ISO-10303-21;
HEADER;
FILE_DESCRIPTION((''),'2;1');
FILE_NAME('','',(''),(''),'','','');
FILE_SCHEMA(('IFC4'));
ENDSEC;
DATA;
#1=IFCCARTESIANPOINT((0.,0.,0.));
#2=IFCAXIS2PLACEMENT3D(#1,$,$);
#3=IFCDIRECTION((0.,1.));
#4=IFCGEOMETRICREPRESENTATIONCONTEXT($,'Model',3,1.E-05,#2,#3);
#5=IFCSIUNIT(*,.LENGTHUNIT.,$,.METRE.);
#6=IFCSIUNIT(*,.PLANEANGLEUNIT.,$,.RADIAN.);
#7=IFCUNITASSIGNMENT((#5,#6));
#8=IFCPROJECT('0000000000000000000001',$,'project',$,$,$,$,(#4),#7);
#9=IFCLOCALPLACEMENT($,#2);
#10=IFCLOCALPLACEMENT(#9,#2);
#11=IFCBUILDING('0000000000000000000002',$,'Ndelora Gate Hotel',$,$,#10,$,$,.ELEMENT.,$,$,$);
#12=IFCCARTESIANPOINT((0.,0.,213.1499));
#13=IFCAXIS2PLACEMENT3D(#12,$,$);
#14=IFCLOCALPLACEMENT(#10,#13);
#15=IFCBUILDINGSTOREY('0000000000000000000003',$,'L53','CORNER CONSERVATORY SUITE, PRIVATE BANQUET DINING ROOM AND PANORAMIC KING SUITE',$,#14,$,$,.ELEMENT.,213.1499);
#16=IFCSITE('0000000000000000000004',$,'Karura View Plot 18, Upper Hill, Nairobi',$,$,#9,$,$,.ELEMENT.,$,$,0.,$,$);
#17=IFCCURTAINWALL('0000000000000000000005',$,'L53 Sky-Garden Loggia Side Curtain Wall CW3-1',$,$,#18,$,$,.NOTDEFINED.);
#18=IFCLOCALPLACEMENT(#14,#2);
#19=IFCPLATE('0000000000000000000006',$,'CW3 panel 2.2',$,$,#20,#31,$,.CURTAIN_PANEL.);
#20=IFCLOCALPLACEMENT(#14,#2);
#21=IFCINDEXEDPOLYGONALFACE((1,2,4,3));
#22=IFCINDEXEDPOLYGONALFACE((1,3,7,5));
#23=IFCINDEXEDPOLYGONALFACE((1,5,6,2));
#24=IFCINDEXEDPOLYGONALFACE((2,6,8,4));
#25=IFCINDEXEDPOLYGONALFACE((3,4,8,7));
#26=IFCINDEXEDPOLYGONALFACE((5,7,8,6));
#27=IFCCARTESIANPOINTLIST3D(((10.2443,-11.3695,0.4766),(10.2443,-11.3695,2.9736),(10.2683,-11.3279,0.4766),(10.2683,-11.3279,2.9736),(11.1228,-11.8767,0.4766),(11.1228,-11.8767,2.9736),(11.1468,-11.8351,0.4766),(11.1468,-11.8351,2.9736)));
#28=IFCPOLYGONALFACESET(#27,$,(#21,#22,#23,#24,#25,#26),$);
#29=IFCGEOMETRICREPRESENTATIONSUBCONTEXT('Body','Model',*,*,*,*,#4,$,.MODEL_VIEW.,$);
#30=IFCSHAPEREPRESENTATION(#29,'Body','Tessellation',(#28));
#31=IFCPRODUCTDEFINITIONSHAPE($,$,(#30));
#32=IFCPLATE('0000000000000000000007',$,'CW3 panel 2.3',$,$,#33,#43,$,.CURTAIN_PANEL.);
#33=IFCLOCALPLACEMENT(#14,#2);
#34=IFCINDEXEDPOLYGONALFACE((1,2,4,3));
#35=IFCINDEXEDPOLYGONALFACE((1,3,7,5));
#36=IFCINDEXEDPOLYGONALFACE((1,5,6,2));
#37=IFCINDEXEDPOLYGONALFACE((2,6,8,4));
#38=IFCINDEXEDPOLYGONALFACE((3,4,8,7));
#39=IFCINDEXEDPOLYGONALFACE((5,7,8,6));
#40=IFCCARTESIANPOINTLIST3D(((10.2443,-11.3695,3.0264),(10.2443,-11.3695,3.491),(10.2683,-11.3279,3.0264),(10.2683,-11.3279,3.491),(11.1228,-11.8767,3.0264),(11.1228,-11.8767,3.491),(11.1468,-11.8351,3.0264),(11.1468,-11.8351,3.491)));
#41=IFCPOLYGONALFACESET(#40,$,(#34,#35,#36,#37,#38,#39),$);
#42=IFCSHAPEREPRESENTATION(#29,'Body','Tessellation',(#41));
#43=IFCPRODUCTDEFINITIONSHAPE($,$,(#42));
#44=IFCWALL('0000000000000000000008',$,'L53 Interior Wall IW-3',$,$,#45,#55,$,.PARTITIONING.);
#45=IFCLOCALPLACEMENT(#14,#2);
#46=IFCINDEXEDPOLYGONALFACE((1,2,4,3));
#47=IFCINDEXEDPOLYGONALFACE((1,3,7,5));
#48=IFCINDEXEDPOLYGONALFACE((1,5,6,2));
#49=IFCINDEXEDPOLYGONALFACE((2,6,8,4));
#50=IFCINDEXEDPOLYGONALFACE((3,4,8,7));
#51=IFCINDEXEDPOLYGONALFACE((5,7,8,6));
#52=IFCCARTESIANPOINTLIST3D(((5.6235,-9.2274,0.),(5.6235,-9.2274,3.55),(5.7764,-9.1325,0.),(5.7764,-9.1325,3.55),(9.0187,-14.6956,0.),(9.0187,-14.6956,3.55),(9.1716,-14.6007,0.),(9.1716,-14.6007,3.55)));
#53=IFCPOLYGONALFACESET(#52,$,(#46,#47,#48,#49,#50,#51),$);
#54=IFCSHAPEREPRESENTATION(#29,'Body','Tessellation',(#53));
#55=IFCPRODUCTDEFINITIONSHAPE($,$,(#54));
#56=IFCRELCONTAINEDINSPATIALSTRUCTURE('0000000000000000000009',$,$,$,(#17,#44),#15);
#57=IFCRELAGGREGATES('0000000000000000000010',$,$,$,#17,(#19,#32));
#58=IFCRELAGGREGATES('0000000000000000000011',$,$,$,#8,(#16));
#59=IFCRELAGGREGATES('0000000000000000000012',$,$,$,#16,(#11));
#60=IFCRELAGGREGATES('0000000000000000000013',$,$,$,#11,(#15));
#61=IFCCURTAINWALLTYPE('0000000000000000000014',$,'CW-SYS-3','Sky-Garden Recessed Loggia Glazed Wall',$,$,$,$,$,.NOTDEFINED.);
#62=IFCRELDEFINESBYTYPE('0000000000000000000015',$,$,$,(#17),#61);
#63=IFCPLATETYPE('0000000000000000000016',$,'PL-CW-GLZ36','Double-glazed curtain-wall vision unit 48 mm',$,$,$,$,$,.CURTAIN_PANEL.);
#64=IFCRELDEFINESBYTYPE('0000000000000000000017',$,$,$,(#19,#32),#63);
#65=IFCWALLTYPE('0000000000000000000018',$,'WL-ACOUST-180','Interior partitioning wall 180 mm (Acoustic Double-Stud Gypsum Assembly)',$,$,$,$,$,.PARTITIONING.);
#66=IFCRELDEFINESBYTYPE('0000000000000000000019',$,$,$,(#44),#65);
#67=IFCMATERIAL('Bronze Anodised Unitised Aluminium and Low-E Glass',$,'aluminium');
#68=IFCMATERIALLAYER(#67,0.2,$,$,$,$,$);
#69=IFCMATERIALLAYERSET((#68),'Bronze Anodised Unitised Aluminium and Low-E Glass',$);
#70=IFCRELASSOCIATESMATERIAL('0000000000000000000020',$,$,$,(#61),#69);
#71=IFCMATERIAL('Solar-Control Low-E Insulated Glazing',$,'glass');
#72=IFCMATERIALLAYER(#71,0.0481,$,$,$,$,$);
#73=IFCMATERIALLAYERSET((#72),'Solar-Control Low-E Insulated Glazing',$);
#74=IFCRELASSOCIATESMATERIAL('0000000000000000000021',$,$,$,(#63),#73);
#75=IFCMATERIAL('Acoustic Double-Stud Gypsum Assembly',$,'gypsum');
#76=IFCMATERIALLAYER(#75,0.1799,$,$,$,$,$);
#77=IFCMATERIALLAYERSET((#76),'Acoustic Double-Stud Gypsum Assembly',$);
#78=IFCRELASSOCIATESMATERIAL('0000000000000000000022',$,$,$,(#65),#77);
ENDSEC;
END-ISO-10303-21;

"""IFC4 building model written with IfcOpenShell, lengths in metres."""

from ifc_helpers import new_model, si_unit, direction, frame, frame_2d, origin, origin_2d, place, context, subcontext, project, spatial, rectangle, extrude, material, layer, layer_set, type_object, element, aggregate, save


model = new_model("IFC4")

# Units and contexts
model_context = context("Model", 3, precision=1e-05, world=origin(), true_north=direction((0.0, 1.0)))
body_context = subcontext(model_context, "Body", "Model", "MODEL_VIEW")
ifc_project = project(units=[si_unit("LENGTHUNIT", "METRE"), si_unit("PLANEANGLEUNIT", "RADIAN")], contexts=[model_context])

# Site, building, storey
site_placement = place(None, origin())
site = spatial("IfcSite", under=ifc_project, at=site_placement, Name="Karura View Plot 18, Upper Hill, Nairobi", CompositionType="ELEMENT", RefElevation=0.0)
building_placement = place(site_placement, origin())
building = spatial("IfcBuilding", under=site, at=building_placement, Name="Ndelora Gate Hotel", CompositionType="ELEMENT")
storey_placement = place(building_placement, frame((0.0, 0.0, 213.1499)))
storey = spatial("IfcBuildingStorey", under=building, at=storey_placement, Name="L53", Description="CORNER CONSERVATORY SUITE, PRIVATE BANQUET DINING ROOM AND PANORAMIC KING SUITE", CompositionType="ELEMENT", Elevation=213.1499)

# Curtain wall, plates
ifc_material_1 = material(Name="Bronze Anodised Unitised Aluminium and Low-E Glass", Category="aluminium")
ifc_layer_1 = layer(ifc_material_1, 0.2)
ifc_layer_set_1 = layer_set([ifc_layer_1], Name="Bronze Anodised Unitised Aluminium and Low-E Glass")
curtain_wall_type = type_object("IfcCurtainWallType", Name="CW-SYS-3", Description="Sky-Garden Recessed Loggia Glazed Wall", PredefinedType="NOTDEFINED", material=ifc_layer_set_1)
curtain_wall_placement = place(storey_placement, origin())
curtain_wall = element("IfcCurtainWall", 1, at=curtain_wall_placement, inside=storey, type_object=curtain_wall_type, Name="L53 Sky-Garden Loggia Side Curtain Wall CW3-1", PredefinedType="NOTDEFINED")
ifc_material_2 = material(Name="Solar-Control Low-E Insulated Glazing", Category="glass")
ifc_layer_2 = layer(ifc_material_2, 0.0481)
ifc_layer_set_2 = layer_set([ifc_layer_2], Name="Solar-Control Low-E Insulated Glazing")
plate_type = type_object("IfcPlateType", Name="PL-CW-GLZ36", Description="Double-glazed curtain-wall vision unit 48 mm", PredefinedType="CURTAIN_PANEL", material=ifc_layer_set_2)
plate_1_placement = place(storey_placement, frame((10.6956, -11.6023, 0.4766), z_axis=(0.0, 0.0, 1.0), x_axis=(0.86603, -0.499991, 0.0)))
plate_1 = element("IfcPlate", 2, at=plate_1_placement, type_object=plate_type, Name="CW3 panel 2.2", PredefinedType="CURTAIN_PANEL", context=body_context, shape_type="SweptSolid", body=[
    extrude(rectangle(XDim=1.0144, YDim=0.0481, at=origin_2d()), origin(), (0.0, 0.0, 1.0), 2.4971),
])
plate_2_placement = place(storey_placement, frame((10.6956, -11.6023, 3.0264), z_axis=(0.0, 0.0, 1.0), x_axis=(0.86603, -0.499991, 0.0)))
plate_2 = element("IfcPlate", 3, at=plate_2_placement, type_object=plate_type, Name="CW3 panel 2.3", PredefinedType="CURTAIN_PANEL", context=body_context, shape_type="SweptSolid", body=[
    extrude(rectangle(XDim=1.0144, YDim=0.0481, at=origin_2d()), origin(), (0.0, 0.0, 1.0), 0.4646),
])
aggregate(curtain_wall, [plate_1, plate_2])

# Wall
ifc_material_3 = material(Name="Acoustic Double-Stud Gypsum Assembly", Category="gypsum")
ifc_layer_3 = layer(ifc_material_3, 0.1799)
ifc_layer_set_3 = layer_set([ifc_layer_3], Name="Acoustic Double-Stud Gypsum Assembly")
wall_type = type_object("IfcWallType", Name="WL-ACOUST-180", Description="Interior partitioning wall 180 mm (Acoustic Double-Stud Gypsum Assembly)", PredefinedType="PARTITIONING", material=ifc_layer_set_3)
wall_placement = place(storey_placement, frame((5.7, -9.1799, 0.0), z_axis=(0.0, 0.0, 1.0), x_axis=(0.527494, -0.849559, 0.0)))
element("IfcWall", 4, at=wall_placement, inside=storey, type_object=wall_type, Name="L53 Interior Wall IW-3", PredefinedType="PARTITIONING", context=body_context, shape_type="SweptSolid", body=[
    extrude(rectangle(XDim=6.4365, YDim=0.1799, at=frame_2d((3.2183, 0.0))), origin(), (0.0, 0.0, 1.0), 3.55),
])

save(model, "model.ifc")
